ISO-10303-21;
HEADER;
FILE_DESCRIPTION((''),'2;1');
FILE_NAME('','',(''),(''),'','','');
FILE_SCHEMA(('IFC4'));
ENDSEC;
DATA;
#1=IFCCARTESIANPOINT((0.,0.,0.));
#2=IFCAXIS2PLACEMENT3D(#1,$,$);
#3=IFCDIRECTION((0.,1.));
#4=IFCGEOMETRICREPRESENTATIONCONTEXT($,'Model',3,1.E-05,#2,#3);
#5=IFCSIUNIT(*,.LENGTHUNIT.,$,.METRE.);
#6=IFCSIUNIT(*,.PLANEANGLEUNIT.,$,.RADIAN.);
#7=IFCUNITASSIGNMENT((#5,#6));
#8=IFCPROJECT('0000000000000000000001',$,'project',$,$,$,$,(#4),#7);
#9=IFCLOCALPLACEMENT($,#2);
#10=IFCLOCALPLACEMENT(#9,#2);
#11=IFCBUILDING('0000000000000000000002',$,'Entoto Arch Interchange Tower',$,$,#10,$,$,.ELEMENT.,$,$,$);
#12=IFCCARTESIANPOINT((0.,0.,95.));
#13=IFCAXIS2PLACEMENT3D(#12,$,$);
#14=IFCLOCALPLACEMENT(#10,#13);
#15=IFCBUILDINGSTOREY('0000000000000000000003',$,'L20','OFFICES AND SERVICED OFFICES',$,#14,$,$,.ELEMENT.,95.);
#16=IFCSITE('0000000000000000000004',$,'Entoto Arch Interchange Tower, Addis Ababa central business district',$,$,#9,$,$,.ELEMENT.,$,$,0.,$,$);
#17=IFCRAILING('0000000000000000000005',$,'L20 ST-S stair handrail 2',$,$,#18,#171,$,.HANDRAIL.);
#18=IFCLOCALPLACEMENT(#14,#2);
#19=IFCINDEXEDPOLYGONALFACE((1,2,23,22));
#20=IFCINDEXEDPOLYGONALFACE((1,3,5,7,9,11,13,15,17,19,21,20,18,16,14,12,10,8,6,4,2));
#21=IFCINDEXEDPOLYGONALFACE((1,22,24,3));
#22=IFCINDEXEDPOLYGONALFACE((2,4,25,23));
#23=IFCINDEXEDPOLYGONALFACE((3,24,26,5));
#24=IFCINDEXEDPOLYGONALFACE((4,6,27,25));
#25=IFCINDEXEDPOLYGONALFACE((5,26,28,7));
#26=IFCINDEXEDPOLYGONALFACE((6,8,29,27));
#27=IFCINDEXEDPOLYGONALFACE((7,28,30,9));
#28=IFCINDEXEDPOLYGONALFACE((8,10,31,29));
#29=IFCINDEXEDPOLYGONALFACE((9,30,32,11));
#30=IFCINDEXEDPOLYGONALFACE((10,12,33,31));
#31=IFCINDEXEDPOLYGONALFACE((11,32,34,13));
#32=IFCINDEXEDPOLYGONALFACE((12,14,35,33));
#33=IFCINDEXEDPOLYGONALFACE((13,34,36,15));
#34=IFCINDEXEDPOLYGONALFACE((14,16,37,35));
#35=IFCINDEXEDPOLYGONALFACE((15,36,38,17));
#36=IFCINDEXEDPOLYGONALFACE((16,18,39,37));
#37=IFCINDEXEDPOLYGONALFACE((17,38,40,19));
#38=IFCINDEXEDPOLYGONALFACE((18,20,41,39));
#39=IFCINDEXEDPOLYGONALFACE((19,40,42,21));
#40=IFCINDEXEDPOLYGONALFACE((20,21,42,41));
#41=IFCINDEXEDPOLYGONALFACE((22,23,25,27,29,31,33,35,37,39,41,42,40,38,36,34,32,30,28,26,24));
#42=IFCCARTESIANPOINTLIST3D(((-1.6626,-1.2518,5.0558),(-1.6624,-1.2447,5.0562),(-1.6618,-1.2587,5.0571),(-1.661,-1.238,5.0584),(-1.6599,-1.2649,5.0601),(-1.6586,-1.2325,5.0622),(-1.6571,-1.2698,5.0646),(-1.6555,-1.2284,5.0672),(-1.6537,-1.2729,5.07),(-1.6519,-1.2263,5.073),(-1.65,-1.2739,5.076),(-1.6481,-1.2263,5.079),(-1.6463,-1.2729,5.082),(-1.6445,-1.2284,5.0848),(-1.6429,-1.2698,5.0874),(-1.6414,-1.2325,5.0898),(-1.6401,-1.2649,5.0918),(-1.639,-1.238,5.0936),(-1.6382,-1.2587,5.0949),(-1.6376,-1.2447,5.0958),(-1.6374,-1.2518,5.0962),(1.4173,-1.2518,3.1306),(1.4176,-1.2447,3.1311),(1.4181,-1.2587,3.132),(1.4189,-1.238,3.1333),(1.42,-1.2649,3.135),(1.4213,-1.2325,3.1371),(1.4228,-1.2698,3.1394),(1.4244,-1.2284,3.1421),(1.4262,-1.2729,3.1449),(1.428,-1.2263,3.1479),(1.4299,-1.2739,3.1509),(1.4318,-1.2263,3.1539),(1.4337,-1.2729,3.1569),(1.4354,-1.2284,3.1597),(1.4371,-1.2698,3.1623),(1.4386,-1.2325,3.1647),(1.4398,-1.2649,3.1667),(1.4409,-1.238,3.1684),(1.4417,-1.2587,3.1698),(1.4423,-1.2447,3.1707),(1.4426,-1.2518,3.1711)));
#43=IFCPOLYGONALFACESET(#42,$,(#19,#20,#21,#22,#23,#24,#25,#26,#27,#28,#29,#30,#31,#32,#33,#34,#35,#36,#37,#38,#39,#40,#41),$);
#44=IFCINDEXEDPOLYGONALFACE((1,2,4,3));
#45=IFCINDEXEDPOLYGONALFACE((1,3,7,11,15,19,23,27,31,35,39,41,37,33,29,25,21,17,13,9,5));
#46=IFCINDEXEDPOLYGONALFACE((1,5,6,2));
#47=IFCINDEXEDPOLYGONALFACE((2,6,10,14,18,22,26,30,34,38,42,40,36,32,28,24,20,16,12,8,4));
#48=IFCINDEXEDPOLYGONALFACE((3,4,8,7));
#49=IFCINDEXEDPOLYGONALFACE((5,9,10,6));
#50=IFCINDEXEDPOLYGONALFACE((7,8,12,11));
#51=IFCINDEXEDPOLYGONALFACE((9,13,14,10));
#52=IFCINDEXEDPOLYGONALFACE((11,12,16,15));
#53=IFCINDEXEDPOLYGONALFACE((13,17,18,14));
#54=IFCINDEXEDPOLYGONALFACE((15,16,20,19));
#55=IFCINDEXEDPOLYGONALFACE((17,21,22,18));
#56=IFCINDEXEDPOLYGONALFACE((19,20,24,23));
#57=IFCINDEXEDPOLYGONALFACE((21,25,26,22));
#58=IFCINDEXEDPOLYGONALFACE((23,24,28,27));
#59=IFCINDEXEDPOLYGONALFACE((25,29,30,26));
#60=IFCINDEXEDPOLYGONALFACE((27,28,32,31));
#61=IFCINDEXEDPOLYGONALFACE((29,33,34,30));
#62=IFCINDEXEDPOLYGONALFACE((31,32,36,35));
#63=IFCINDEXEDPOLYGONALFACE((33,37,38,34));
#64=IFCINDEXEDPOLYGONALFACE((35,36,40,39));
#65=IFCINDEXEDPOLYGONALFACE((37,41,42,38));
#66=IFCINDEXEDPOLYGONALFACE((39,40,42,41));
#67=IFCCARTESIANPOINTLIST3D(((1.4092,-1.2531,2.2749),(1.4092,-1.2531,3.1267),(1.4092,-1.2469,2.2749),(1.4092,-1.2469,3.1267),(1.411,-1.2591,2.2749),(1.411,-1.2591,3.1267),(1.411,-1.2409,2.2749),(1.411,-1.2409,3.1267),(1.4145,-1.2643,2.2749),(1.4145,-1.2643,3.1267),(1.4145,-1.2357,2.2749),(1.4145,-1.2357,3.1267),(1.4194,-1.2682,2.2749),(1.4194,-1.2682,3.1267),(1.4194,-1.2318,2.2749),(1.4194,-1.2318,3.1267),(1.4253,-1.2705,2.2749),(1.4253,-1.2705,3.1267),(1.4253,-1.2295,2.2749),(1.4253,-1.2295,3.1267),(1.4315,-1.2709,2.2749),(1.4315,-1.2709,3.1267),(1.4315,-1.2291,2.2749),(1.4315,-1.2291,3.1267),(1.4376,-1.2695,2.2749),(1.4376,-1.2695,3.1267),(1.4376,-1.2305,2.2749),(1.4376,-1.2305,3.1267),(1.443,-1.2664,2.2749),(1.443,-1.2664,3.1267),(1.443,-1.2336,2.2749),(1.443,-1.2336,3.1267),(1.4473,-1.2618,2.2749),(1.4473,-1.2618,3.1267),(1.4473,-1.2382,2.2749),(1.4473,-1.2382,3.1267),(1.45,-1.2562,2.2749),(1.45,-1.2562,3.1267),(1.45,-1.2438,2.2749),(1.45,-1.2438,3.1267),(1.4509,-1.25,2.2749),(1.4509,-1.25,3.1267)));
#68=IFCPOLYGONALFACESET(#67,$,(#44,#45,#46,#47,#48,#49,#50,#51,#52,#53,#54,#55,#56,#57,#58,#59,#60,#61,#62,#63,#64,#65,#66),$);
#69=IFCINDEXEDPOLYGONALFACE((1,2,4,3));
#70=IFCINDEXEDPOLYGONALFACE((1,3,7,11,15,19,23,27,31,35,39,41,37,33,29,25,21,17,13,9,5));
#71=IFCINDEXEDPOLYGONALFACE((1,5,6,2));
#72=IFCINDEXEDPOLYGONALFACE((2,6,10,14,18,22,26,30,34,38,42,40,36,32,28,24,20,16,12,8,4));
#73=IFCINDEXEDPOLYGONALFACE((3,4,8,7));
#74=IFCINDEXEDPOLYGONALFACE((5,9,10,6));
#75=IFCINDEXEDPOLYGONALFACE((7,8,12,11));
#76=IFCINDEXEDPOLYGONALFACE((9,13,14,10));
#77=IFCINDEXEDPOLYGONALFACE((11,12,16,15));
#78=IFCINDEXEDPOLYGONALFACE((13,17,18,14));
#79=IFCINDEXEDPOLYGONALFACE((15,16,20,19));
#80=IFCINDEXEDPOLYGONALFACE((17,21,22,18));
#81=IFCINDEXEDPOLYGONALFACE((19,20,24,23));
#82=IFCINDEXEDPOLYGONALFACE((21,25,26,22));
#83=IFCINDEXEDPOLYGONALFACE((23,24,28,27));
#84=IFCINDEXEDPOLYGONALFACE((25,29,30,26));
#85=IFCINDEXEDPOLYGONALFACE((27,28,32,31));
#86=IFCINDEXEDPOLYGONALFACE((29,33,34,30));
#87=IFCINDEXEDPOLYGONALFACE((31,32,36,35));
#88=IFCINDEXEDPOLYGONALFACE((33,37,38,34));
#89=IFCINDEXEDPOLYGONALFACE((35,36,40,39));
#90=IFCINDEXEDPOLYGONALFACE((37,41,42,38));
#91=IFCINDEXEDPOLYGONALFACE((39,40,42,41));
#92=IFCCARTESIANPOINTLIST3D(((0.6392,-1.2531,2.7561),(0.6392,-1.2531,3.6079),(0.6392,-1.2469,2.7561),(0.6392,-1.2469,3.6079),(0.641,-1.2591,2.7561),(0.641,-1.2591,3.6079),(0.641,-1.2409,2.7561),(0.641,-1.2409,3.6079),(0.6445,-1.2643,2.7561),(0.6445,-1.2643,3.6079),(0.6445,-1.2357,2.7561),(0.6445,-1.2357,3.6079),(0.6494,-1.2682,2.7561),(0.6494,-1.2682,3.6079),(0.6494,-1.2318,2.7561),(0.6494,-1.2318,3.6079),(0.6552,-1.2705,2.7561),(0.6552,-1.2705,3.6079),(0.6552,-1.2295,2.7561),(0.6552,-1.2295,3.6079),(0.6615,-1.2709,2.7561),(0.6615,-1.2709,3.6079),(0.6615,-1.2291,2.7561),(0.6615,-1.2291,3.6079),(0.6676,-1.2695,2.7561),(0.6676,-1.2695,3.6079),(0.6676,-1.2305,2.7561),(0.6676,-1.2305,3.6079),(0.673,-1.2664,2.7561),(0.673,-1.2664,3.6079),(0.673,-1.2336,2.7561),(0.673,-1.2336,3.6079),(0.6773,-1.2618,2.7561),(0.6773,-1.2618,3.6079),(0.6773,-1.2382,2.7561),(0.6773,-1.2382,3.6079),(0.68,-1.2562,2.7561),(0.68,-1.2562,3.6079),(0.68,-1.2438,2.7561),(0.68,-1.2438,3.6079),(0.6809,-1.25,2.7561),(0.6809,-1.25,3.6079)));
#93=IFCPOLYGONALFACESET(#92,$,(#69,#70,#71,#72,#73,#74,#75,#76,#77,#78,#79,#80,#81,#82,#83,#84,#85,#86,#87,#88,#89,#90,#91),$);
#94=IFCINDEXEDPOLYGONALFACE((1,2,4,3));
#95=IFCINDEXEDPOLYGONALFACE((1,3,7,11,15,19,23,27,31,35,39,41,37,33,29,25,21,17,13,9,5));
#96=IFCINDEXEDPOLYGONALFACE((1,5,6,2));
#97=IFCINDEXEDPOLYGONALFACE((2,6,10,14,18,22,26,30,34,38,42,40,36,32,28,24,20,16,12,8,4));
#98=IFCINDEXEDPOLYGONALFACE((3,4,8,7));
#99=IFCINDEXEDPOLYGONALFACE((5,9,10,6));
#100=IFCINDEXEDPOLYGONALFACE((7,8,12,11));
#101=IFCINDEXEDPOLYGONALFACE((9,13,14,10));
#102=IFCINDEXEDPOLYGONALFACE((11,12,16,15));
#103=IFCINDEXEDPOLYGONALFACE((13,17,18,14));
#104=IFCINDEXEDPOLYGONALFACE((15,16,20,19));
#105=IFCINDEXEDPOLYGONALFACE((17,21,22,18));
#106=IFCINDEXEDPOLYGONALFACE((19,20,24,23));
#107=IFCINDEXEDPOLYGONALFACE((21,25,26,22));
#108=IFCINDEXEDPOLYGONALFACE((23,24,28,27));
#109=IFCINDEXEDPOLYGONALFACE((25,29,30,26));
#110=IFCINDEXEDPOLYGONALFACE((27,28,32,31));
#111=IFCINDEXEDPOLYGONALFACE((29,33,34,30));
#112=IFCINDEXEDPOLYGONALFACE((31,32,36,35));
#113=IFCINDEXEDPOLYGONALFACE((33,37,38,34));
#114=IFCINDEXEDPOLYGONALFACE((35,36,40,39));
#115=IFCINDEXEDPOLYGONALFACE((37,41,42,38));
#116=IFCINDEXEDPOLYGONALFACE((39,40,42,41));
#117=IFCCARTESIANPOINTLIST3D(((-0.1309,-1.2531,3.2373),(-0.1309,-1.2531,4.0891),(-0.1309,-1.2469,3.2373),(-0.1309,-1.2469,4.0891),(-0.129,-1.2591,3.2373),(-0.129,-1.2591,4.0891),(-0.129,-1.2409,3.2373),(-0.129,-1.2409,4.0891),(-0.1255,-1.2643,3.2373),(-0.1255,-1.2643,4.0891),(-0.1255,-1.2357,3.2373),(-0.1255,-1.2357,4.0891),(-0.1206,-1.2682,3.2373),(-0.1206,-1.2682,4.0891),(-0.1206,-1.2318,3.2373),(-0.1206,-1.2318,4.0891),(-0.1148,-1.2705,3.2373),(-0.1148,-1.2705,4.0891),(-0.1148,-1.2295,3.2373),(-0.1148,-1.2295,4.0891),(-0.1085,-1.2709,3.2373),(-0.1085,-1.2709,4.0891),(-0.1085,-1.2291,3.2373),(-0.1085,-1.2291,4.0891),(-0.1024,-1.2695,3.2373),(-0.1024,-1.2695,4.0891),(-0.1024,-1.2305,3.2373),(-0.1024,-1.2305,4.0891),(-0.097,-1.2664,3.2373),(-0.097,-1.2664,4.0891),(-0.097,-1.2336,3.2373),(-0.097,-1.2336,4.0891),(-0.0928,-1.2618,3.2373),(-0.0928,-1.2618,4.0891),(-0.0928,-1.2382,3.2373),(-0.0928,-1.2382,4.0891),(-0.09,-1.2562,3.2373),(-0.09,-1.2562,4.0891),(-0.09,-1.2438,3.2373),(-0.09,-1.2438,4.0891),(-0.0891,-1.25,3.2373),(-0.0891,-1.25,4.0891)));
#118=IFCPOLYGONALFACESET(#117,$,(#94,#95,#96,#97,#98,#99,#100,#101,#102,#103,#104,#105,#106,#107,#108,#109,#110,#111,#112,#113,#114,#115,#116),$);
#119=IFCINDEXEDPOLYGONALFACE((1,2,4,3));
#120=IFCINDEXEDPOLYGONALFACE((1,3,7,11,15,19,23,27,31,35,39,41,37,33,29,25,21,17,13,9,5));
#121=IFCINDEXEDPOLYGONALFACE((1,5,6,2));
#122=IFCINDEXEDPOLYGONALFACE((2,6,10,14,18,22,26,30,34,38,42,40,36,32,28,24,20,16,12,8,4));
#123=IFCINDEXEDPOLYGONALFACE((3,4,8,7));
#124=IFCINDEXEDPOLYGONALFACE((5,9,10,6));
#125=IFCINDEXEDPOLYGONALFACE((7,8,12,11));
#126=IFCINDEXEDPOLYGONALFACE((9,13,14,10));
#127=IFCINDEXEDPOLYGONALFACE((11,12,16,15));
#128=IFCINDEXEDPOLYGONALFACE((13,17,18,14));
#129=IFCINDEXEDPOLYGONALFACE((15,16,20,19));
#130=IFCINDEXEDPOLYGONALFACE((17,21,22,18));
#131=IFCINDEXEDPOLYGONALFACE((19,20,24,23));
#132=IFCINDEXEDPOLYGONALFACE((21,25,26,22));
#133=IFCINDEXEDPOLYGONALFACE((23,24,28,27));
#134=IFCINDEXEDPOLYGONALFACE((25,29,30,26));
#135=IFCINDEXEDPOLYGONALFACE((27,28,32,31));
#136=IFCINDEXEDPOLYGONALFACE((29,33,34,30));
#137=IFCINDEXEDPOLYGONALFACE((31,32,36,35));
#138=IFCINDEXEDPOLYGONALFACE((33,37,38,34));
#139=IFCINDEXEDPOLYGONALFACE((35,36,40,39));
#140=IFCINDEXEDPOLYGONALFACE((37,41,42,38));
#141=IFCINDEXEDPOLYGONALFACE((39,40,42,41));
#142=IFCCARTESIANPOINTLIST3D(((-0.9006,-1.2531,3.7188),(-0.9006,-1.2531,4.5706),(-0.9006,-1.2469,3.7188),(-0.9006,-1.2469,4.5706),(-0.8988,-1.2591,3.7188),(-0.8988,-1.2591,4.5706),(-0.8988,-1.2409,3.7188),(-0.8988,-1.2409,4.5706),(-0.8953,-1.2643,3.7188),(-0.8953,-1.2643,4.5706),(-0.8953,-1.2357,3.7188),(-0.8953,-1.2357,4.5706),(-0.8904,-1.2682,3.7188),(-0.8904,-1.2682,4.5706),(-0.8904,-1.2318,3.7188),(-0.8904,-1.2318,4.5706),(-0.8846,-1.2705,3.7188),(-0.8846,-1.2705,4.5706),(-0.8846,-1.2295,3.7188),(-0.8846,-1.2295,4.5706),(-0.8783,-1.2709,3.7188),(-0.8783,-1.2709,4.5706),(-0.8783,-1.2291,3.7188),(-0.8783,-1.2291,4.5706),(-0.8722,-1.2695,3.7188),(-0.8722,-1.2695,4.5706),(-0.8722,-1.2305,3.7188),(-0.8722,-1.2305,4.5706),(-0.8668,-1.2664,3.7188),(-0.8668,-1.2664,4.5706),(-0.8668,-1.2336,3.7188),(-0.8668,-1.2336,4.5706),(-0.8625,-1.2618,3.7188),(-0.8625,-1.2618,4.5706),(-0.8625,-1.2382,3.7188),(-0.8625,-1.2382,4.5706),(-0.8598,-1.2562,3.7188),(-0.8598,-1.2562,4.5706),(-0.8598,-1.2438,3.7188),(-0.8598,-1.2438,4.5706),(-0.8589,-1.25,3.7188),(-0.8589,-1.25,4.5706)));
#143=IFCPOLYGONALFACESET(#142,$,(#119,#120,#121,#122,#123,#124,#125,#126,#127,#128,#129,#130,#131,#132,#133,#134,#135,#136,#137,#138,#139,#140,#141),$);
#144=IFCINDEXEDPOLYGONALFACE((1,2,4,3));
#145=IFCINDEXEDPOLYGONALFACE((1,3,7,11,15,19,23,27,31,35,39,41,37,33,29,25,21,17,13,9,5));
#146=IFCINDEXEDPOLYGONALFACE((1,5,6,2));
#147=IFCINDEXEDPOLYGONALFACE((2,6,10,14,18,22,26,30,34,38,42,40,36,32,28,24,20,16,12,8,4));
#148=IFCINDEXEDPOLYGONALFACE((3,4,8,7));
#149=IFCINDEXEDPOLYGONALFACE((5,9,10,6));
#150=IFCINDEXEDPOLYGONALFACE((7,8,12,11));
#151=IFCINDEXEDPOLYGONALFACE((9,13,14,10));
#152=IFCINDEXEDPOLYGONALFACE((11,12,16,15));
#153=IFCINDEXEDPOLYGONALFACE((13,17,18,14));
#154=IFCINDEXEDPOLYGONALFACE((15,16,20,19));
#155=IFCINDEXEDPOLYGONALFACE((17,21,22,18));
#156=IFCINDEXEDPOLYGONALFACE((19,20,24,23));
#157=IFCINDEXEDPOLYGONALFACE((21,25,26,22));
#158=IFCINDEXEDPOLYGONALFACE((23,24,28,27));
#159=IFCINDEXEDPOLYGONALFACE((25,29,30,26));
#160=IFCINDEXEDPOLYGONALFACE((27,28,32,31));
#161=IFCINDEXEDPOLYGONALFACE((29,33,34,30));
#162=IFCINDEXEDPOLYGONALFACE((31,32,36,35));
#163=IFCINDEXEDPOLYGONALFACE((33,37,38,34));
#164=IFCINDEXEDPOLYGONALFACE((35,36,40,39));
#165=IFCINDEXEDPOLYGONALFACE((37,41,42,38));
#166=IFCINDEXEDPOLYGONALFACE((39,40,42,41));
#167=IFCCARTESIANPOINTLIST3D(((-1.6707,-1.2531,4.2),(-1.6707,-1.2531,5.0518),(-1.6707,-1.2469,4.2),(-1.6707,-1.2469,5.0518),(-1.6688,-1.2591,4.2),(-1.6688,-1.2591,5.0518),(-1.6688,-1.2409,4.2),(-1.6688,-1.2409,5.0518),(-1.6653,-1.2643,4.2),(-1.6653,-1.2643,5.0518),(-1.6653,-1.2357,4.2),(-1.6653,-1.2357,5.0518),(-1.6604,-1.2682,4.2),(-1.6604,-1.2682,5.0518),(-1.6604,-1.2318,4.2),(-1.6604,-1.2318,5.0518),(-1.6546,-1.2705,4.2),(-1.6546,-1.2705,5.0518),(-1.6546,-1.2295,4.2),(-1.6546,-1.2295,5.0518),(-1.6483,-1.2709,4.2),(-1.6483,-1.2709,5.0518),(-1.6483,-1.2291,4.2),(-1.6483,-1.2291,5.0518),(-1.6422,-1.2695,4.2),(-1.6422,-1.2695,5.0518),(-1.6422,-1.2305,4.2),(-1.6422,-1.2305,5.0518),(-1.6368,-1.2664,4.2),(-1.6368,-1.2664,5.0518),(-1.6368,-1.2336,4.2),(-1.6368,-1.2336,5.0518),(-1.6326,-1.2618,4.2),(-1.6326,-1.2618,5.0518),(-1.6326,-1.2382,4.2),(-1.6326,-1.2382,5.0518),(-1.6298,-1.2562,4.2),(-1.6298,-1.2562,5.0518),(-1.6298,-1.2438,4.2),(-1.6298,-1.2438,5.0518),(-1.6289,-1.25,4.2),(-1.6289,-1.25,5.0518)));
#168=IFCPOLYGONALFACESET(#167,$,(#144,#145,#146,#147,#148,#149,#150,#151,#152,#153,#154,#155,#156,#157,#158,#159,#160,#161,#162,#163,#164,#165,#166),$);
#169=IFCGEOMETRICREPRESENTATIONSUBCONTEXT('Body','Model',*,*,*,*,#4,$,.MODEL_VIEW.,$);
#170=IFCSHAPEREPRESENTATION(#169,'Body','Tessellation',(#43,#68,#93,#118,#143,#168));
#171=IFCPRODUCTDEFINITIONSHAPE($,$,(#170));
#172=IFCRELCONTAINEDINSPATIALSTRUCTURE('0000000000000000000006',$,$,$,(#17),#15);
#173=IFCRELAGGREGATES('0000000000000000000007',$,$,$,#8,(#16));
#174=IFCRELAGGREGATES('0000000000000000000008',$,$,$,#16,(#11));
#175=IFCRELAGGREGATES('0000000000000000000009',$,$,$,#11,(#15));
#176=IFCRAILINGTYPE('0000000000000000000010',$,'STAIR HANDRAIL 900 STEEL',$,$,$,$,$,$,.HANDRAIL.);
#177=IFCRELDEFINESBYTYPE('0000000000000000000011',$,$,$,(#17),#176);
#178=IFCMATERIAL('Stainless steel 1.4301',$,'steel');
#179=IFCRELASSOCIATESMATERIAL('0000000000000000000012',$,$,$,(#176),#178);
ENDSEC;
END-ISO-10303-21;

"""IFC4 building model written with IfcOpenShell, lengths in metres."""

from ifc_helpers import new_model, si_unit, direction, frame, origin, origin_2d, place, context, subcontext, project, spatial, circle, extrude, material, type_object, element, save


model = new_model("IFC4")

# Units and contexts
model_context = context("Model", 3, precision=1e-05, world=origin(), true_north=direction((0.0, 1.0)))
body_context = subcontext(model_context, "Body", "Model", "MODEL_VIEW")
ifc_project = project(units=[si_unit("LENGTHUNIT", "METRE"), si_unit("PLANEANGLEUNIT", "RADIAN")], contexts=[model_context])

# Site, building, storey
site_placement = place(None, origin())
site = spatial("IfcSite", under=ifc_project, at=site_placement, Name="Entoto Arch Interchange Tower, Addis Ababa central business district", CompositionType="ELEMENT", RefElevation=0.0)
building_placement = place(site_placement, origin())
building = spatial("IfcBuilding", under=site, at=building_placement, Name="Entoto Arch Interchange Tower", CompositionType="ELEMENT")
storey_placement = place(building_placement, frame((0.0, 0.0, 95.0)))
storey = spatial("IfcBuildingStorey", under=building, at=storey_placement, Name="L20", Description="OFFICES AND SERVICED OFFICES", CompositionType="ELEMENT", Elevation=95.0)

# Railing
ifc_material_1 = material(Name="Stainless steel 1.4301", Category="steel")
railing_type_1 = type_object("IfcRailingType", Name="STAIR HANDRAIL 900 STEEL", PredefinedType="HANDRAIL", material=ifc_material_1)
railing_1_placement = place(storey_placement, frame((1.4299, -1.25, 2.2749)))
element("IfcRailing", 1, at=railing_1_placement, inside=storey, type_object=railing_type_1, Name="L20 ST-S stair handrail 2", PredefinedType="HANDRAIL", context=body_context, shape_type="SweptSolid", body=[
    extrude(circle(Radius=0.0239, at=origin_2d()), frame((0.0, 0.0, 0.876), z_axis=(-0.847979, 0.0, 0.530029), x_axis=(0.0, -1.0, 0.0)), (0.0, 0.0, 1.0), 3.6321),
    extrude(circle(Radius=0.021, at=origin_2d()), origin(), (0.0, 0.0, 1.0), 0.8518),
    extrude(circle(Radius=0.021, at=origin_2d()), frame((-0.77, 0.0, 0.4812)), (0.0, 0.0, 1.0), 0.8518),
    extrude(circle(Radius=0.021, at=origin_2d()), frame((-1.54, 0.0, 0.9624)), (0.0, 0.0, 1.0), 0.8518),
    extrude(circle(Radius=0.021, at=origin_2d()), frame((-2.3098, 0.0, 1.4438)), (0.0, 0.0, 1.0), 0.8518),
    extrude(circle(Radius=0.021, at=origin_2d()), frame((-3.0798, 0.0, 1.925)), (0.0, 0.0, 1.0), 0.8518),
])

save(model, "model.ifc")
